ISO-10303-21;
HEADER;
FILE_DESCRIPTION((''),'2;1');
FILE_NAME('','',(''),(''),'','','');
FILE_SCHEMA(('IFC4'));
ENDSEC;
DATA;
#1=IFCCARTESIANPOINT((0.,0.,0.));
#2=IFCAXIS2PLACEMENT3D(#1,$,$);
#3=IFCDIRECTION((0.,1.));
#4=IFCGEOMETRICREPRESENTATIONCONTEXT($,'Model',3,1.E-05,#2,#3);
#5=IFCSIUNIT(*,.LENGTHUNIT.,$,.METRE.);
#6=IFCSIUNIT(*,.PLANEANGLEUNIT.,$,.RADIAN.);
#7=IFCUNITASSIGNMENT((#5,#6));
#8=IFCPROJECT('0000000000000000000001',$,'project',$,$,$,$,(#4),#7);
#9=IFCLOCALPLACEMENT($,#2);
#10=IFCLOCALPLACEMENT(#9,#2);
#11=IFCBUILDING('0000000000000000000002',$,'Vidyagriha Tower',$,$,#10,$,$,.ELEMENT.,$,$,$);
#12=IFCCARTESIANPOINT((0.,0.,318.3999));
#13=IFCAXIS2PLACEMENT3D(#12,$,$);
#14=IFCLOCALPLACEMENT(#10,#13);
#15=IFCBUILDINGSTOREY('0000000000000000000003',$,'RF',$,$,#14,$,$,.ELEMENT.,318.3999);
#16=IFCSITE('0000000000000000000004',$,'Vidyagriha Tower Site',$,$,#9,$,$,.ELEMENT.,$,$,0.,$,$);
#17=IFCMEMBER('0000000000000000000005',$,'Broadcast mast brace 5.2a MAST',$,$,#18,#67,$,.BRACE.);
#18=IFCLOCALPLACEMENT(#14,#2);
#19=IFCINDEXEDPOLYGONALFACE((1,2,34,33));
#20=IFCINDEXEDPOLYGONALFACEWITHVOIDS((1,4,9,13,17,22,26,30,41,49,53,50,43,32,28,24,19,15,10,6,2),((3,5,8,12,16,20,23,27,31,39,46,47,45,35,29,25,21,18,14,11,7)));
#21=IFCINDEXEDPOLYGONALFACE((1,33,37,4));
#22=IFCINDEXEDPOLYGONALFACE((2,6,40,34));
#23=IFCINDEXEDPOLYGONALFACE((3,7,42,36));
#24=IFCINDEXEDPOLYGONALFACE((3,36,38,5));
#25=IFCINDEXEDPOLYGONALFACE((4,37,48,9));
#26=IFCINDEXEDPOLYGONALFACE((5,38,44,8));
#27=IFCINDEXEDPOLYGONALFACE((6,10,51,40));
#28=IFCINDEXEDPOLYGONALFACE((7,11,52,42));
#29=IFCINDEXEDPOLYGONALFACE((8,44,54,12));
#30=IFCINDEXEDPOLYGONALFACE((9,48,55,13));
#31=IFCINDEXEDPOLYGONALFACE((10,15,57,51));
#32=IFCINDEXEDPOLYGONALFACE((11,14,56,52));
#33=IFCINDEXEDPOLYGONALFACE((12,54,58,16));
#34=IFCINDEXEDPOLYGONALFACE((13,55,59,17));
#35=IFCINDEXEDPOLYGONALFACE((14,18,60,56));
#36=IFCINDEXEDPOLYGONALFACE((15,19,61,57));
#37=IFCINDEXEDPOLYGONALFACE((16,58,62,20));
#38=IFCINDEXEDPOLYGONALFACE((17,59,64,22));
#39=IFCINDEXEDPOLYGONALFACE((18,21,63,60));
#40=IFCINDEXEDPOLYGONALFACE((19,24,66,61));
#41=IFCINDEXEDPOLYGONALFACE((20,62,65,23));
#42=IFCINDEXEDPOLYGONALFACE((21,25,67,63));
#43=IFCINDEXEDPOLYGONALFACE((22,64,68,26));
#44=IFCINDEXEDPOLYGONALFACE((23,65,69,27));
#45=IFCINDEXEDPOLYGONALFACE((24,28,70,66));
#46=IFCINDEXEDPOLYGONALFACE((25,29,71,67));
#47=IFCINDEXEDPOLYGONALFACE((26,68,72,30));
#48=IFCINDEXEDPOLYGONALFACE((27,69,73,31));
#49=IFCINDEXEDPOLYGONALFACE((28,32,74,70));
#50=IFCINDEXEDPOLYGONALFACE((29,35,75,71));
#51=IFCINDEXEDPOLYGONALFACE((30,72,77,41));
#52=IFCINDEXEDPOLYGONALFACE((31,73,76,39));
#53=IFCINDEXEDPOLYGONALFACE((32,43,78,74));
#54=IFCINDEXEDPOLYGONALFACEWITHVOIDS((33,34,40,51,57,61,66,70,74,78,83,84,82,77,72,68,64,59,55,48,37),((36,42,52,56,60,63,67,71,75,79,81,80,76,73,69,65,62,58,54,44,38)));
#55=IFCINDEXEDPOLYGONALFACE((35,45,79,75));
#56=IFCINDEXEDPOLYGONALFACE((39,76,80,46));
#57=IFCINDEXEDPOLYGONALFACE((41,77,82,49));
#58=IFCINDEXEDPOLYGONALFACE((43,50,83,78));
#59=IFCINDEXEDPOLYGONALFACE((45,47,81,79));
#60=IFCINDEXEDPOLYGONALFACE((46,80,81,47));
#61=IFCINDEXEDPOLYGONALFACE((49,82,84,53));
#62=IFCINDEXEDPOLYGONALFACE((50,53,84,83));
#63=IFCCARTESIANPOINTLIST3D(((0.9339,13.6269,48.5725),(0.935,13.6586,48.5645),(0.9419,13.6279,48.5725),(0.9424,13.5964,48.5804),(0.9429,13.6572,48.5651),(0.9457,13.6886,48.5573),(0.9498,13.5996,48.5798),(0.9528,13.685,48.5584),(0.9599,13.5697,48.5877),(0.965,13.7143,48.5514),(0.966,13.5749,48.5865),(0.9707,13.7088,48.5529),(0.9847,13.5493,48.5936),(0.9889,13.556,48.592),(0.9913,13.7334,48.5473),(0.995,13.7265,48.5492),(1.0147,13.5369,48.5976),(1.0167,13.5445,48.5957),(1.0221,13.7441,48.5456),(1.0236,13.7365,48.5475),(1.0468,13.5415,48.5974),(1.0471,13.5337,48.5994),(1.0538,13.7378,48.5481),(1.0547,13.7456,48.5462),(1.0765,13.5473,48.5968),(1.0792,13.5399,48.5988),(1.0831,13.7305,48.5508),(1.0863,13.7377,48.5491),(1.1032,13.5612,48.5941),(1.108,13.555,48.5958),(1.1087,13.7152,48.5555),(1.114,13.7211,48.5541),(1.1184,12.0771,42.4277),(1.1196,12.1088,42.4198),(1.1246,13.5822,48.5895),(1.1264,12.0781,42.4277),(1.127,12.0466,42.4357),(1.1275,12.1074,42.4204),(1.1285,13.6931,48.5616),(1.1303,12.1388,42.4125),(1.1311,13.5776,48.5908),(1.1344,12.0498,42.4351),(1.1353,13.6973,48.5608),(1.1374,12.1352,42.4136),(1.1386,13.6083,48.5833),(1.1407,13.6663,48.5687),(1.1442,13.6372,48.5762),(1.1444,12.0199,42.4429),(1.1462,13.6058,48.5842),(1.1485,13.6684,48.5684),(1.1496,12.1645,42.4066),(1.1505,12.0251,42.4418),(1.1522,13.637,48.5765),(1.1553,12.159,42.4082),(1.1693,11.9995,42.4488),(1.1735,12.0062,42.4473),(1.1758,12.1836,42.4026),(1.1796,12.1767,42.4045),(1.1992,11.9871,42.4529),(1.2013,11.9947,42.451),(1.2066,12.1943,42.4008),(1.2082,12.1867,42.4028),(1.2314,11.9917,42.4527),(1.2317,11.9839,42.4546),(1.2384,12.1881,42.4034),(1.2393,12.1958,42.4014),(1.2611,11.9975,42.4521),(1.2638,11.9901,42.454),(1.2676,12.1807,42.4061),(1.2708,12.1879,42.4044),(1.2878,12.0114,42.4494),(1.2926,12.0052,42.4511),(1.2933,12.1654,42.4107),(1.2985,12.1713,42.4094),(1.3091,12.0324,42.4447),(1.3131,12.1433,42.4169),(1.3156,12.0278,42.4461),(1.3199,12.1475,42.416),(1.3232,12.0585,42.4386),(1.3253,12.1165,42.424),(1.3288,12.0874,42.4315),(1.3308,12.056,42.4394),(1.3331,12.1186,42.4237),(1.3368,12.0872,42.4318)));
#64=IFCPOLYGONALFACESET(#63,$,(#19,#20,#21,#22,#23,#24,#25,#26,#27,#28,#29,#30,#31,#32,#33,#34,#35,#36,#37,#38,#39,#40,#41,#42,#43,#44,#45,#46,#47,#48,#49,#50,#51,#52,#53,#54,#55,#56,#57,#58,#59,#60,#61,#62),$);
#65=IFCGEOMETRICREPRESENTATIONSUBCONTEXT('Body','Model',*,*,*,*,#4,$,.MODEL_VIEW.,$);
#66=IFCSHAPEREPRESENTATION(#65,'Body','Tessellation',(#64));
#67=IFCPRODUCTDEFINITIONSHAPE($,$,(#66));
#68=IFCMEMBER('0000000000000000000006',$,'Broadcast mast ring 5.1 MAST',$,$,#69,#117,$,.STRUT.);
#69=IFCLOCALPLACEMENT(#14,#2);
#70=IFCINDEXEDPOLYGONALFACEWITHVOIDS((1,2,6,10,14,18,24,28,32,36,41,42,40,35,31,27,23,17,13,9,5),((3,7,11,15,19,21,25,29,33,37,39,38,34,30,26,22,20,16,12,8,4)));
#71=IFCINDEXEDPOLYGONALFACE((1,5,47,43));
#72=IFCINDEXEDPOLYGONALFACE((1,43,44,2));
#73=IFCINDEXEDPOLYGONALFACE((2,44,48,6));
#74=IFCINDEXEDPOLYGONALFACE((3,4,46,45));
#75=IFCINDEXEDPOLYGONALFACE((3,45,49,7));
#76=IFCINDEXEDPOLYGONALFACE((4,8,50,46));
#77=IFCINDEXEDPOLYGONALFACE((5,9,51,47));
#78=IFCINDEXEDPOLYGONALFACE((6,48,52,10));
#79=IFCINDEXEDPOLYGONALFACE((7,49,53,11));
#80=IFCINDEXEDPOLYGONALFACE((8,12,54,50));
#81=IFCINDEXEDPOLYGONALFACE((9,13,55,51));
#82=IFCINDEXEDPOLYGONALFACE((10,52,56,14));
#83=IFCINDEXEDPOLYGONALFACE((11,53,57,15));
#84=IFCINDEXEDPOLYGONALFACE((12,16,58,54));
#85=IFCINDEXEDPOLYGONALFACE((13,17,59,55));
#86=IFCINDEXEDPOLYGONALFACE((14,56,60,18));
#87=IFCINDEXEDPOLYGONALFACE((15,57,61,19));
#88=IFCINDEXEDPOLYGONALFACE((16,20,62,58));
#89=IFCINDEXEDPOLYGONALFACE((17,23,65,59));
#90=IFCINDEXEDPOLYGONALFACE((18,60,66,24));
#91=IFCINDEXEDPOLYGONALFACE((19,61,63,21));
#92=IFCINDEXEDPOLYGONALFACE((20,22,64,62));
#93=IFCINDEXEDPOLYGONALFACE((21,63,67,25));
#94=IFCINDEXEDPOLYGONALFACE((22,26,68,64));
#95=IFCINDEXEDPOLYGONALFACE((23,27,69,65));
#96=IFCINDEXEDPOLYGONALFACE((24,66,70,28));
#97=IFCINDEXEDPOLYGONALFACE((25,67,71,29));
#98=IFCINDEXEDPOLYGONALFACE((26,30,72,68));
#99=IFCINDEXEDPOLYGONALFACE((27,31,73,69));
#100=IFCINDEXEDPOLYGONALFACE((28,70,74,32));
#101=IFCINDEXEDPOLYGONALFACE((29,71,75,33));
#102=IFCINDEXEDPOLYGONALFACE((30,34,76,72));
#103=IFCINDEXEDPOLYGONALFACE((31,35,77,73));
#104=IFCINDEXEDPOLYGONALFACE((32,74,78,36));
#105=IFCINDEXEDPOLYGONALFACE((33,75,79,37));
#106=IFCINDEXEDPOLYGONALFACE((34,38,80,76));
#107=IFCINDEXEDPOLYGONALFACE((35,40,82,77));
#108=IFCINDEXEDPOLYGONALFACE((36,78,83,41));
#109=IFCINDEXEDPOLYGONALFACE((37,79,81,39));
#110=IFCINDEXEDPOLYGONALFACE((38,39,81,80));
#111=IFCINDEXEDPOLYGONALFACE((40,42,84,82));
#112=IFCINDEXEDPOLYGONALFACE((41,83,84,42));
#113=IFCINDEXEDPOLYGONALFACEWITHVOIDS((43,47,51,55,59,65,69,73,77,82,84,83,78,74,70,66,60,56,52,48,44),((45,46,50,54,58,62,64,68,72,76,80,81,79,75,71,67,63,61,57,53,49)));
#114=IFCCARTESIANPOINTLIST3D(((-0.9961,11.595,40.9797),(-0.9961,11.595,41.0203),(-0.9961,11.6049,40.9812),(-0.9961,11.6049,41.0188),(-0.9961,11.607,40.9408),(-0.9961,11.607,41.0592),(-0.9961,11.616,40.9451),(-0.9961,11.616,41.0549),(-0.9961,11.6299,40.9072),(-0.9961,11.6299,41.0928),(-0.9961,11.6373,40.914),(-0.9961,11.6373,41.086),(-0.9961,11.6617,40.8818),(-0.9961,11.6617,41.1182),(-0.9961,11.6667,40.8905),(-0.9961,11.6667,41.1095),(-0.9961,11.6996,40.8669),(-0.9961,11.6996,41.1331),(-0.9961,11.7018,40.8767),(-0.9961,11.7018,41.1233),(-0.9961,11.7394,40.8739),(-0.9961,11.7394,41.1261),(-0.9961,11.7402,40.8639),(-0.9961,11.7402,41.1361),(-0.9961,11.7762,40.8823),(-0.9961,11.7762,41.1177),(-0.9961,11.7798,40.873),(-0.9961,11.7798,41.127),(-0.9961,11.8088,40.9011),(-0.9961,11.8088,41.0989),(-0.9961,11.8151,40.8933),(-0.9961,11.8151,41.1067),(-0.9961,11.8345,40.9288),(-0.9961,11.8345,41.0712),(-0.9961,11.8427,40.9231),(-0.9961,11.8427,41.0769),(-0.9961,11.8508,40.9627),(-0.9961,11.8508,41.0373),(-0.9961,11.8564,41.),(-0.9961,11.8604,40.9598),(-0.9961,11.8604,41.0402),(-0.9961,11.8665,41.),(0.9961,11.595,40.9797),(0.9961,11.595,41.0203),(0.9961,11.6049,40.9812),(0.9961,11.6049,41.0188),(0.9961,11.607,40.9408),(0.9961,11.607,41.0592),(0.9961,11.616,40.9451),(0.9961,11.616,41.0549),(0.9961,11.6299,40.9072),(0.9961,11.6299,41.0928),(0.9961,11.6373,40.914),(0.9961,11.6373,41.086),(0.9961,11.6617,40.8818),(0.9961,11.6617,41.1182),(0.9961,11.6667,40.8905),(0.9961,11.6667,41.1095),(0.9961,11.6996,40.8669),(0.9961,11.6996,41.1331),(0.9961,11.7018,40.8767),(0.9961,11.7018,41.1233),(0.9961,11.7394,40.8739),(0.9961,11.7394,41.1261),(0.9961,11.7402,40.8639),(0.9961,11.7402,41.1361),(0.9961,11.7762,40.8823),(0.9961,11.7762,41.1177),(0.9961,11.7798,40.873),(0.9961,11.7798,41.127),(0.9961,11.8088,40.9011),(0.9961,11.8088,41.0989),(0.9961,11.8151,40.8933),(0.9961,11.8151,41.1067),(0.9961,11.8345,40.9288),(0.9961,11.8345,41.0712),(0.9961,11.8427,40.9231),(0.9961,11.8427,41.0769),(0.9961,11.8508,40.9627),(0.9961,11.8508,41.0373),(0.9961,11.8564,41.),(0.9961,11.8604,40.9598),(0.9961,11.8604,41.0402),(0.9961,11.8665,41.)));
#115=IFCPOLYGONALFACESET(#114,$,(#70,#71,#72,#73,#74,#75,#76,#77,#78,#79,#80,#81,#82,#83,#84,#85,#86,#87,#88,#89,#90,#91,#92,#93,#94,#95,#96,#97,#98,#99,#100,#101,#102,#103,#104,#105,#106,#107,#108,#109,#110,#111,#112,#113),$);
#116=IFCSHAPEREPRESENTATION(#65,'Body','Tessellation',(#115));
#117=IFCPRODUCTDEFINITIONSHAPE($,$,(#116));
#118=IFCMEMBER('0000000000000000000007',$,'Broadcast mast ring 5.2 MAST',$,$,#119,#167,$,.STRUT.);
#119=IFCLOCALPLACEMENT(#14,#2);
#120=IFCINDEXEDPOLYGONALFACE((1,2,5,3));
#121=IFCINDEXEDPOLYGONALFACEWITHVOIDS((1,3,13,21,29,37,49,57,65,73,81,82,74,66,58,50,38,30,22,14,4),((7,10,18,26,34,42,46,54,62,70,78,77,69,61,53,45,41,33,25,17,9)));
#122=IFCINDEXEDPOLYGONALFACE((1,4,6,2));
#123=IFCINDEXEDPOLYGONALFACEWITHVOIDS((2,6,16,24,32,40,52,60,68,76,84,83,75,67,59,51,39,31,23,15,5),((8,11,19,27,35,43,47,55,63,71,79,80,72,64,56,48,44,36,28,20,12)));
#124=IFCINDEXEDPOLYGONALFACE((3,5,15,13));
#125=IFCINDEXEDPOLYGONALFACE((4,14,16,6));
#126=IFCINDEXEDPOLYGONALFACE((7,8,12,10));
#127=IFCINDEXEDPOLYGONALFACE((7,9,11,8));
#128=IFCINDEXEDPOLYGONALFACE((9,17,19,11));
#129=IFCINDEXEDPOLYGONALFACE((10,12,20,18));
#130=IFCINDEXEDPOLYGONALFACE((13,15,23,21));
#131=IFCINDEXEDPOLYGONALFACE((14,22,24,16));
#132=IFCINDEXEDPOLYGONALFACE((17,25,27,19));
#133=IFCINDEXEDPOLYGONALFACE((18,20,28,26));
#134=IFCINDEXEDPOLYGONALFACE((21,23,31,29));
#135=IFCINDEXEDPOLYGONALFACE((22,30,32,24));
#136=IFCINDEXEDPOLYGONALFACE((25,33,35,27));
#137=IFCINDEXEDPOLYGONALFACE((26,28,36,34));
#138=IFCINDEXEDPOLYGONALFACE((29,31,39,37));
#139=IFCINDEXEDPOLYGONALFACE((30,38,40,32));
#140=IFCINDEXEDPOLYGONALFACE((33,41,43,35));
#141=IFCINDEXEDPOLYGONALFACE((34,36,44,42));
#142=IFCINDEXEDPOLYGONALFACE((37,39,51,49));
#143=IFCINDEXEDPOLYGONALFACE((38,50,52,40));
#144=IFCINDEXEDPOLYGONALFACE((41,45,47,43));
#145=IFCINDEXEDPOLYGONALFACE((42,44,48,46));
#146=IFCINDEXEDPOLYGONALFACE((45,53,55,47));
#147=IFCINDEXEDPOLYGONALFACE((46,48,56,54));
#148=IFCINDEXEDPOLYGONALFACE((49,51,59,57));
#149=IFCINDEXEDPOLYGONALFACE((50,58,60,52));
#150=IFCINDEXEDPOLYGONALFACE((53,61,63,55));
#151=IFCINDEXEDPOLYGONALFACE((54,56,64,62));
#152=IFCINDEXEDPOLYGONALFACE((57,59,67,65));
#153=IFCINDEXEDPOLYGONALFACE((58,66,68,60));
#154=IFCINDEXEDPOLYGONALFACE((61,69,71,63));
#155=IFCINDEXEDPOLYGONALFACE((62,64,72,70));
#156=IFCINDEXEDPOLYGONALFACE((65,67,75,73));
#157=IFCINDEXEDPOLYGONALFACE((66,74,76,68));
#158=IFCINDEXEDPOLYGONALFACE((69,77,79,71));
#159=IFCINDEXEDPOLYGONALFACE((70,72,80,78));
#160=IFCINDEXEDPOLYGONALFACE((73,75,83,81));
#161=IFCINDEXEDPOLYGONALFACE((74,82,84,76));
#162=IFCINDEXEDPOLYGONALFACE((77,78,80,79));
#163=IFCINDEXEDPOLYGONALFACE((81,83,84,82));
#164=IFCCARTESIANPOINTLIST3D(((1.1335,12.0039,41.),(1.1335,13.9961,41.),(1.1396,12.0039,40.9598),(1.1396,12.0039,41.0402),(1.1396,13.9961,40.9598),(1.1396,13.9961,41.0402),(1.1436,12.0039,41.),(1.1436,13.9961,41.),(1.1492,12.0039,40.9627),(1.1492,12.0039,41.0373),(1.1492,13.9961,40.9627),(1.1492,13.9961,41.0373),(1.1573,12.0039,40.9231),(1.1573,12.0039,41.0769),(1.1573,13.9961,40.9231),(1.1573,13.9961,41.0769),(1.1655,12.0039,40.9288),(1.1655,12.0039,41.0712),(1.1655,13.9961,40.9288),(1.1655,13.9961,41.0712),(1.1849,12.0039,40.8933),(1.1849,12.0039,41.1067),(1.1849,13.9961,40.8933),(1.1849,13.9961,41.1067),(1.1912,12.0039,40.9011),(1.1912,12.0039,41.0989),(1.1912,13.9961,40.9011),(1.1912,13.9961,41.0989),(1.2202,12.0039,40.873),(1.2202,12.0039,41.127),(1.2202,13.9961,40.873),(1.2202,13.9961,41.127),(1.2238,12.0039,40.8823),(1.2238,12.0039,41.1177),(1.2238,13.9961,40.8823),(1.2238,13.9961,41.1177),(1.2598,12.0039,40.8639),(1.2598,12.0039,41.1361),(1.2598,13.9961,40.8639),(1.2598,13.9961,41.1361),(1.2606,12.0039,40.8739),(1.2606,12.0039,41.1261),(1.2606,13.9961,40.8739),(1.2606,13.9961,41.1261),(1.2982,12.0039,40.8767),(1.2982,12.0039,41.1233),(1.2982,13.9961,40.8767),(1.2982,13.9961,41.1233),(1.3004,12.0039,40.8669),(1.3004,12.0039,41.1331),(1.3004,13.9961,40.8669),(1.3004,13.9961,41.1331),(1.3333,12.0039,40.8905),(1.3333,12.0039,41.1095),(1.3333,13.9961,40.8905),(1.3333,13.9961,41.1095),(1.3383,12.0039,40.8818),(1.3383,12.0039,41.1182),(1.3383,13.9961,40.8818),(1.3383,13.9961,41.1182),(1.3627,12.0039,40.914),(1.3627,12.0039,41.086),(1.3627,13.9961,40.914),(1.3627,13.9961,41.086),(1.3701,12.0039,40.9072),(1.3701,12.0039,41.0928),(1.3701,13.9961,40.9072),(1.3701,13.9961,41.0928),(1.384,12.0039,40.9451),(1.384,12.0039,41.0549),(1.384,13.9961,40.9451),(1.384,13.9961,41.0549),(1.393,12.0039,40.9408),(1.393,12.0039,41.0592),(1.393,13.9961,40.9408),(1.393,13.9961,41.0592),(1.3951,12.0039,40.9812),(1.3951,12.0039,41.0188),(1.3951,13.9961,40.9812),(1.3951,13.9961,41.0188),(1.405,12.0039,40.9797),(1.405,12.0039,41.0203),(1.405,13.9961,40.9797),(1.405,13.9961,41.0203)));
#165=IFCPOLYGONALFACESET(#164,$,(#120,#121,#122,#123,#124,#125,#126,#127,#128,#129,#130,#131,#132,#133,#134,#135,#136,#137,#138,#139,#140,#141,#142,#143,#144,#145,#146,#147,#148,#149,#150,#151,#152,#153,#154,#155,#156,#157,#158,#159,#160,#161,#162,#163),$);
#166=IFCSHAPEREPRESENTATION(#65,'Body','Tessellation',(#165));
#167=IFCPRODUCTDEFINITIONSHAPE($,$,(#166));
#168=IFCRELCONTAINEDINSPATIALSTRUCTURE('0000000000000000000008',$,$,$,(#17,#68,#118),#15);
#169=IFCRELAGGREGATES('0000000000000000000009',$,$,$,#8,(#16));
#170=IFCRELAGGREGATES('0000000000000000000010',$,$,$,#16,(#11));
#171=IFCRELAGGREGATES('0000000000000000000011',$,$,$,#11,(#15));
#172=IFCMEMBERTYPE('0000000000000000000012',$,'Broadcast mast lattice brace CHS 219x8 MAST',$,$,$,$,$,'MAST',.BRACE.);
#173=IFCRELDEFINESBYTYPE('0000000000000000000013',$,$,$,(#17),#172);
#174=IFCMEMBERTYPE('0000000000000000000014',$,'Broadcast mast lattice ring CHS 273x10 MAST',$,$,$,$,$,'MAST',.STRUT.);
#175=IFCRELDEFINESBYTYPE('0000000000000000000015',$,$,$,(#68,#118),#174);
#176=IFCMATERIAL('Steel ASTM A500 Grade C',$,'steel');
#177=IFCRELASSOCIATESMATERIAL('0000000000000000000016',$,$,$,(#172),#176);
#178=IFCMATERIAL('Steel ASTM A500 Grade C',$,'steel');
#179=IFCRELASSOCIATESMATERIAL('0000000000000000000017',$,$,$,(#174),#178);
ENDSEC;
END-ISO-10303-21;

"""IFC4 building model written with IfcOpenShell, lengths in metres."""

from ifc_helpers import new_model, si_unit, direction, frame, origin, origin_2d, place, context, subcontext, project, spatial, hollow_circle, extrude, material, material_profile, profile_set, type_object, element, save


model = new_model("IFC4")

# Units and contexts
model_context = context("Model", 3, precision=1e-05, world=origin(), true_north=direction((0.0, 1.0)))
body_context = subcontext(model_context, "Body", "Model", "MODEL_VIEW")
ifc_project = project(units=[si_unit("LENGTHUNIT", "METRE"), si_unit("PLANEANGLEUNIT", "RADIAN")], contexts=[model_context])

# Site, building, storey
site_placement = place(None, origin())
site = spatial("IfcSite", under=ifc_project, at=site_placement, Name="Vidyagriha Tower Site", CompositionType="ELEMENT", RefElevation=0.0)
building_placement = place(site_placement, origin())
building = spatial("IfcBuilding", under=site, at=building_placement, Name="Vidyagriha Tower", CompositionType="ELEMENT")
storey_placement = place(building_placement, frame((0.0, 0.0, 318.3999)))
storey = spatial("IfcBuildingStorey", under=building, at=storey_placement, Name="RF", CompositionType="ELEMENT", Elevation=318.3999)

# Members
ifc_material_1 = material(Name="Steel ASTM A500 Grade C", Category="steel")
ifc_material_profile_1 = material_profile(ifc_material_1, hollow_circle(Radius=0.1096, WallThickness=0.0081, at=origin_2d()), Name="Broadcast mast lattice brace CHS 219x8 MAST")
ifc_profile_set_1 = profile_set([ifc_material_profile_1], Name="Steel ASTM A500 Grade C")
member_type_1 = type_object("IfcMemberType", Name="Broadcast mast lattice brace CHS 219x8 MAST", ElementType="MAST", PredefinedType="BRACE", material=ifc_profile_set_1)
for number, where, z_axis, x_axis, name in (
    (1, (1.2273, 12.0901, 42.4277), (-0.029113, 0.244453, 0.969224), (-0.992983, -0.118257, 0.0), "Broadcast mast brace 5.2a MAST"),
):
    element("IfcMember", number, at=place(storey_placement, frame(where, z_axis=z_axis, x_axis=x_axis)), inside=storey, type_object=member_type_1, Name=name, PredefinedType="BRACE", context=body_context, shape_type="SweptSolid", body=[
        extrude(hollow_circle(Radius=0.1096, WallThickness=0.0081, at=origin_2d()), origin(), (0.0, 0.0, 1.0), 6.3398),
    ])
ifc_material_2 = material(Name="Steel ASTM A500 Grade C", Category="steel")
ifc_material_profile_2 = material_profile(ifc_material_2, hollow_circle(Radius=0.1365, WallThickness=0.01, at=origin_2d()), Name="Broadcast mast lattice ring CHS 273x10 MAST")
ifc_profile_set_2 = profile_set([ifc_material_profile_2], Name="Steel ASTM A500 Grade C")
member_type_2 = type_object("IfcMemberType", Name="Broadcast mast lattice ring CHS 273x10 MAST", ElementType="MAST", PredefinedType="STRUT", material=ifc_profile_set_2)
for number, where, z_axis, x_axis, name in (
    (2, (-0.9961, 11.73, 41.0), (1.0, 0.0, 0.0), (0.0, 1.0, 0.0), "Broadcast mast ring 5.1 MAST"),
    (3, (1.27, 12.0039, 41.0), (0.0, 1.0, 0.0), (-1.0, 0.0, 0.0), "Broadcast mast ring 5.2 MAST"),
):
    element("IfcMember", number, at=place(storey_placement, frame(where, z_axis=z_axis, x_axis=x_axis)), inside=storey, type_object=member_type_2, Name=name, PredefinedType="STRUT", context=body_context, shape_type="SweptSolid", body=[
        extrude(hollow_circle(Radius=0.1365, WallThickness=0.01, at=origin_2d()), origin(), (0.0, 0.0, 1.0), 1.9922),
    ])

save(model, "model.ifc")
